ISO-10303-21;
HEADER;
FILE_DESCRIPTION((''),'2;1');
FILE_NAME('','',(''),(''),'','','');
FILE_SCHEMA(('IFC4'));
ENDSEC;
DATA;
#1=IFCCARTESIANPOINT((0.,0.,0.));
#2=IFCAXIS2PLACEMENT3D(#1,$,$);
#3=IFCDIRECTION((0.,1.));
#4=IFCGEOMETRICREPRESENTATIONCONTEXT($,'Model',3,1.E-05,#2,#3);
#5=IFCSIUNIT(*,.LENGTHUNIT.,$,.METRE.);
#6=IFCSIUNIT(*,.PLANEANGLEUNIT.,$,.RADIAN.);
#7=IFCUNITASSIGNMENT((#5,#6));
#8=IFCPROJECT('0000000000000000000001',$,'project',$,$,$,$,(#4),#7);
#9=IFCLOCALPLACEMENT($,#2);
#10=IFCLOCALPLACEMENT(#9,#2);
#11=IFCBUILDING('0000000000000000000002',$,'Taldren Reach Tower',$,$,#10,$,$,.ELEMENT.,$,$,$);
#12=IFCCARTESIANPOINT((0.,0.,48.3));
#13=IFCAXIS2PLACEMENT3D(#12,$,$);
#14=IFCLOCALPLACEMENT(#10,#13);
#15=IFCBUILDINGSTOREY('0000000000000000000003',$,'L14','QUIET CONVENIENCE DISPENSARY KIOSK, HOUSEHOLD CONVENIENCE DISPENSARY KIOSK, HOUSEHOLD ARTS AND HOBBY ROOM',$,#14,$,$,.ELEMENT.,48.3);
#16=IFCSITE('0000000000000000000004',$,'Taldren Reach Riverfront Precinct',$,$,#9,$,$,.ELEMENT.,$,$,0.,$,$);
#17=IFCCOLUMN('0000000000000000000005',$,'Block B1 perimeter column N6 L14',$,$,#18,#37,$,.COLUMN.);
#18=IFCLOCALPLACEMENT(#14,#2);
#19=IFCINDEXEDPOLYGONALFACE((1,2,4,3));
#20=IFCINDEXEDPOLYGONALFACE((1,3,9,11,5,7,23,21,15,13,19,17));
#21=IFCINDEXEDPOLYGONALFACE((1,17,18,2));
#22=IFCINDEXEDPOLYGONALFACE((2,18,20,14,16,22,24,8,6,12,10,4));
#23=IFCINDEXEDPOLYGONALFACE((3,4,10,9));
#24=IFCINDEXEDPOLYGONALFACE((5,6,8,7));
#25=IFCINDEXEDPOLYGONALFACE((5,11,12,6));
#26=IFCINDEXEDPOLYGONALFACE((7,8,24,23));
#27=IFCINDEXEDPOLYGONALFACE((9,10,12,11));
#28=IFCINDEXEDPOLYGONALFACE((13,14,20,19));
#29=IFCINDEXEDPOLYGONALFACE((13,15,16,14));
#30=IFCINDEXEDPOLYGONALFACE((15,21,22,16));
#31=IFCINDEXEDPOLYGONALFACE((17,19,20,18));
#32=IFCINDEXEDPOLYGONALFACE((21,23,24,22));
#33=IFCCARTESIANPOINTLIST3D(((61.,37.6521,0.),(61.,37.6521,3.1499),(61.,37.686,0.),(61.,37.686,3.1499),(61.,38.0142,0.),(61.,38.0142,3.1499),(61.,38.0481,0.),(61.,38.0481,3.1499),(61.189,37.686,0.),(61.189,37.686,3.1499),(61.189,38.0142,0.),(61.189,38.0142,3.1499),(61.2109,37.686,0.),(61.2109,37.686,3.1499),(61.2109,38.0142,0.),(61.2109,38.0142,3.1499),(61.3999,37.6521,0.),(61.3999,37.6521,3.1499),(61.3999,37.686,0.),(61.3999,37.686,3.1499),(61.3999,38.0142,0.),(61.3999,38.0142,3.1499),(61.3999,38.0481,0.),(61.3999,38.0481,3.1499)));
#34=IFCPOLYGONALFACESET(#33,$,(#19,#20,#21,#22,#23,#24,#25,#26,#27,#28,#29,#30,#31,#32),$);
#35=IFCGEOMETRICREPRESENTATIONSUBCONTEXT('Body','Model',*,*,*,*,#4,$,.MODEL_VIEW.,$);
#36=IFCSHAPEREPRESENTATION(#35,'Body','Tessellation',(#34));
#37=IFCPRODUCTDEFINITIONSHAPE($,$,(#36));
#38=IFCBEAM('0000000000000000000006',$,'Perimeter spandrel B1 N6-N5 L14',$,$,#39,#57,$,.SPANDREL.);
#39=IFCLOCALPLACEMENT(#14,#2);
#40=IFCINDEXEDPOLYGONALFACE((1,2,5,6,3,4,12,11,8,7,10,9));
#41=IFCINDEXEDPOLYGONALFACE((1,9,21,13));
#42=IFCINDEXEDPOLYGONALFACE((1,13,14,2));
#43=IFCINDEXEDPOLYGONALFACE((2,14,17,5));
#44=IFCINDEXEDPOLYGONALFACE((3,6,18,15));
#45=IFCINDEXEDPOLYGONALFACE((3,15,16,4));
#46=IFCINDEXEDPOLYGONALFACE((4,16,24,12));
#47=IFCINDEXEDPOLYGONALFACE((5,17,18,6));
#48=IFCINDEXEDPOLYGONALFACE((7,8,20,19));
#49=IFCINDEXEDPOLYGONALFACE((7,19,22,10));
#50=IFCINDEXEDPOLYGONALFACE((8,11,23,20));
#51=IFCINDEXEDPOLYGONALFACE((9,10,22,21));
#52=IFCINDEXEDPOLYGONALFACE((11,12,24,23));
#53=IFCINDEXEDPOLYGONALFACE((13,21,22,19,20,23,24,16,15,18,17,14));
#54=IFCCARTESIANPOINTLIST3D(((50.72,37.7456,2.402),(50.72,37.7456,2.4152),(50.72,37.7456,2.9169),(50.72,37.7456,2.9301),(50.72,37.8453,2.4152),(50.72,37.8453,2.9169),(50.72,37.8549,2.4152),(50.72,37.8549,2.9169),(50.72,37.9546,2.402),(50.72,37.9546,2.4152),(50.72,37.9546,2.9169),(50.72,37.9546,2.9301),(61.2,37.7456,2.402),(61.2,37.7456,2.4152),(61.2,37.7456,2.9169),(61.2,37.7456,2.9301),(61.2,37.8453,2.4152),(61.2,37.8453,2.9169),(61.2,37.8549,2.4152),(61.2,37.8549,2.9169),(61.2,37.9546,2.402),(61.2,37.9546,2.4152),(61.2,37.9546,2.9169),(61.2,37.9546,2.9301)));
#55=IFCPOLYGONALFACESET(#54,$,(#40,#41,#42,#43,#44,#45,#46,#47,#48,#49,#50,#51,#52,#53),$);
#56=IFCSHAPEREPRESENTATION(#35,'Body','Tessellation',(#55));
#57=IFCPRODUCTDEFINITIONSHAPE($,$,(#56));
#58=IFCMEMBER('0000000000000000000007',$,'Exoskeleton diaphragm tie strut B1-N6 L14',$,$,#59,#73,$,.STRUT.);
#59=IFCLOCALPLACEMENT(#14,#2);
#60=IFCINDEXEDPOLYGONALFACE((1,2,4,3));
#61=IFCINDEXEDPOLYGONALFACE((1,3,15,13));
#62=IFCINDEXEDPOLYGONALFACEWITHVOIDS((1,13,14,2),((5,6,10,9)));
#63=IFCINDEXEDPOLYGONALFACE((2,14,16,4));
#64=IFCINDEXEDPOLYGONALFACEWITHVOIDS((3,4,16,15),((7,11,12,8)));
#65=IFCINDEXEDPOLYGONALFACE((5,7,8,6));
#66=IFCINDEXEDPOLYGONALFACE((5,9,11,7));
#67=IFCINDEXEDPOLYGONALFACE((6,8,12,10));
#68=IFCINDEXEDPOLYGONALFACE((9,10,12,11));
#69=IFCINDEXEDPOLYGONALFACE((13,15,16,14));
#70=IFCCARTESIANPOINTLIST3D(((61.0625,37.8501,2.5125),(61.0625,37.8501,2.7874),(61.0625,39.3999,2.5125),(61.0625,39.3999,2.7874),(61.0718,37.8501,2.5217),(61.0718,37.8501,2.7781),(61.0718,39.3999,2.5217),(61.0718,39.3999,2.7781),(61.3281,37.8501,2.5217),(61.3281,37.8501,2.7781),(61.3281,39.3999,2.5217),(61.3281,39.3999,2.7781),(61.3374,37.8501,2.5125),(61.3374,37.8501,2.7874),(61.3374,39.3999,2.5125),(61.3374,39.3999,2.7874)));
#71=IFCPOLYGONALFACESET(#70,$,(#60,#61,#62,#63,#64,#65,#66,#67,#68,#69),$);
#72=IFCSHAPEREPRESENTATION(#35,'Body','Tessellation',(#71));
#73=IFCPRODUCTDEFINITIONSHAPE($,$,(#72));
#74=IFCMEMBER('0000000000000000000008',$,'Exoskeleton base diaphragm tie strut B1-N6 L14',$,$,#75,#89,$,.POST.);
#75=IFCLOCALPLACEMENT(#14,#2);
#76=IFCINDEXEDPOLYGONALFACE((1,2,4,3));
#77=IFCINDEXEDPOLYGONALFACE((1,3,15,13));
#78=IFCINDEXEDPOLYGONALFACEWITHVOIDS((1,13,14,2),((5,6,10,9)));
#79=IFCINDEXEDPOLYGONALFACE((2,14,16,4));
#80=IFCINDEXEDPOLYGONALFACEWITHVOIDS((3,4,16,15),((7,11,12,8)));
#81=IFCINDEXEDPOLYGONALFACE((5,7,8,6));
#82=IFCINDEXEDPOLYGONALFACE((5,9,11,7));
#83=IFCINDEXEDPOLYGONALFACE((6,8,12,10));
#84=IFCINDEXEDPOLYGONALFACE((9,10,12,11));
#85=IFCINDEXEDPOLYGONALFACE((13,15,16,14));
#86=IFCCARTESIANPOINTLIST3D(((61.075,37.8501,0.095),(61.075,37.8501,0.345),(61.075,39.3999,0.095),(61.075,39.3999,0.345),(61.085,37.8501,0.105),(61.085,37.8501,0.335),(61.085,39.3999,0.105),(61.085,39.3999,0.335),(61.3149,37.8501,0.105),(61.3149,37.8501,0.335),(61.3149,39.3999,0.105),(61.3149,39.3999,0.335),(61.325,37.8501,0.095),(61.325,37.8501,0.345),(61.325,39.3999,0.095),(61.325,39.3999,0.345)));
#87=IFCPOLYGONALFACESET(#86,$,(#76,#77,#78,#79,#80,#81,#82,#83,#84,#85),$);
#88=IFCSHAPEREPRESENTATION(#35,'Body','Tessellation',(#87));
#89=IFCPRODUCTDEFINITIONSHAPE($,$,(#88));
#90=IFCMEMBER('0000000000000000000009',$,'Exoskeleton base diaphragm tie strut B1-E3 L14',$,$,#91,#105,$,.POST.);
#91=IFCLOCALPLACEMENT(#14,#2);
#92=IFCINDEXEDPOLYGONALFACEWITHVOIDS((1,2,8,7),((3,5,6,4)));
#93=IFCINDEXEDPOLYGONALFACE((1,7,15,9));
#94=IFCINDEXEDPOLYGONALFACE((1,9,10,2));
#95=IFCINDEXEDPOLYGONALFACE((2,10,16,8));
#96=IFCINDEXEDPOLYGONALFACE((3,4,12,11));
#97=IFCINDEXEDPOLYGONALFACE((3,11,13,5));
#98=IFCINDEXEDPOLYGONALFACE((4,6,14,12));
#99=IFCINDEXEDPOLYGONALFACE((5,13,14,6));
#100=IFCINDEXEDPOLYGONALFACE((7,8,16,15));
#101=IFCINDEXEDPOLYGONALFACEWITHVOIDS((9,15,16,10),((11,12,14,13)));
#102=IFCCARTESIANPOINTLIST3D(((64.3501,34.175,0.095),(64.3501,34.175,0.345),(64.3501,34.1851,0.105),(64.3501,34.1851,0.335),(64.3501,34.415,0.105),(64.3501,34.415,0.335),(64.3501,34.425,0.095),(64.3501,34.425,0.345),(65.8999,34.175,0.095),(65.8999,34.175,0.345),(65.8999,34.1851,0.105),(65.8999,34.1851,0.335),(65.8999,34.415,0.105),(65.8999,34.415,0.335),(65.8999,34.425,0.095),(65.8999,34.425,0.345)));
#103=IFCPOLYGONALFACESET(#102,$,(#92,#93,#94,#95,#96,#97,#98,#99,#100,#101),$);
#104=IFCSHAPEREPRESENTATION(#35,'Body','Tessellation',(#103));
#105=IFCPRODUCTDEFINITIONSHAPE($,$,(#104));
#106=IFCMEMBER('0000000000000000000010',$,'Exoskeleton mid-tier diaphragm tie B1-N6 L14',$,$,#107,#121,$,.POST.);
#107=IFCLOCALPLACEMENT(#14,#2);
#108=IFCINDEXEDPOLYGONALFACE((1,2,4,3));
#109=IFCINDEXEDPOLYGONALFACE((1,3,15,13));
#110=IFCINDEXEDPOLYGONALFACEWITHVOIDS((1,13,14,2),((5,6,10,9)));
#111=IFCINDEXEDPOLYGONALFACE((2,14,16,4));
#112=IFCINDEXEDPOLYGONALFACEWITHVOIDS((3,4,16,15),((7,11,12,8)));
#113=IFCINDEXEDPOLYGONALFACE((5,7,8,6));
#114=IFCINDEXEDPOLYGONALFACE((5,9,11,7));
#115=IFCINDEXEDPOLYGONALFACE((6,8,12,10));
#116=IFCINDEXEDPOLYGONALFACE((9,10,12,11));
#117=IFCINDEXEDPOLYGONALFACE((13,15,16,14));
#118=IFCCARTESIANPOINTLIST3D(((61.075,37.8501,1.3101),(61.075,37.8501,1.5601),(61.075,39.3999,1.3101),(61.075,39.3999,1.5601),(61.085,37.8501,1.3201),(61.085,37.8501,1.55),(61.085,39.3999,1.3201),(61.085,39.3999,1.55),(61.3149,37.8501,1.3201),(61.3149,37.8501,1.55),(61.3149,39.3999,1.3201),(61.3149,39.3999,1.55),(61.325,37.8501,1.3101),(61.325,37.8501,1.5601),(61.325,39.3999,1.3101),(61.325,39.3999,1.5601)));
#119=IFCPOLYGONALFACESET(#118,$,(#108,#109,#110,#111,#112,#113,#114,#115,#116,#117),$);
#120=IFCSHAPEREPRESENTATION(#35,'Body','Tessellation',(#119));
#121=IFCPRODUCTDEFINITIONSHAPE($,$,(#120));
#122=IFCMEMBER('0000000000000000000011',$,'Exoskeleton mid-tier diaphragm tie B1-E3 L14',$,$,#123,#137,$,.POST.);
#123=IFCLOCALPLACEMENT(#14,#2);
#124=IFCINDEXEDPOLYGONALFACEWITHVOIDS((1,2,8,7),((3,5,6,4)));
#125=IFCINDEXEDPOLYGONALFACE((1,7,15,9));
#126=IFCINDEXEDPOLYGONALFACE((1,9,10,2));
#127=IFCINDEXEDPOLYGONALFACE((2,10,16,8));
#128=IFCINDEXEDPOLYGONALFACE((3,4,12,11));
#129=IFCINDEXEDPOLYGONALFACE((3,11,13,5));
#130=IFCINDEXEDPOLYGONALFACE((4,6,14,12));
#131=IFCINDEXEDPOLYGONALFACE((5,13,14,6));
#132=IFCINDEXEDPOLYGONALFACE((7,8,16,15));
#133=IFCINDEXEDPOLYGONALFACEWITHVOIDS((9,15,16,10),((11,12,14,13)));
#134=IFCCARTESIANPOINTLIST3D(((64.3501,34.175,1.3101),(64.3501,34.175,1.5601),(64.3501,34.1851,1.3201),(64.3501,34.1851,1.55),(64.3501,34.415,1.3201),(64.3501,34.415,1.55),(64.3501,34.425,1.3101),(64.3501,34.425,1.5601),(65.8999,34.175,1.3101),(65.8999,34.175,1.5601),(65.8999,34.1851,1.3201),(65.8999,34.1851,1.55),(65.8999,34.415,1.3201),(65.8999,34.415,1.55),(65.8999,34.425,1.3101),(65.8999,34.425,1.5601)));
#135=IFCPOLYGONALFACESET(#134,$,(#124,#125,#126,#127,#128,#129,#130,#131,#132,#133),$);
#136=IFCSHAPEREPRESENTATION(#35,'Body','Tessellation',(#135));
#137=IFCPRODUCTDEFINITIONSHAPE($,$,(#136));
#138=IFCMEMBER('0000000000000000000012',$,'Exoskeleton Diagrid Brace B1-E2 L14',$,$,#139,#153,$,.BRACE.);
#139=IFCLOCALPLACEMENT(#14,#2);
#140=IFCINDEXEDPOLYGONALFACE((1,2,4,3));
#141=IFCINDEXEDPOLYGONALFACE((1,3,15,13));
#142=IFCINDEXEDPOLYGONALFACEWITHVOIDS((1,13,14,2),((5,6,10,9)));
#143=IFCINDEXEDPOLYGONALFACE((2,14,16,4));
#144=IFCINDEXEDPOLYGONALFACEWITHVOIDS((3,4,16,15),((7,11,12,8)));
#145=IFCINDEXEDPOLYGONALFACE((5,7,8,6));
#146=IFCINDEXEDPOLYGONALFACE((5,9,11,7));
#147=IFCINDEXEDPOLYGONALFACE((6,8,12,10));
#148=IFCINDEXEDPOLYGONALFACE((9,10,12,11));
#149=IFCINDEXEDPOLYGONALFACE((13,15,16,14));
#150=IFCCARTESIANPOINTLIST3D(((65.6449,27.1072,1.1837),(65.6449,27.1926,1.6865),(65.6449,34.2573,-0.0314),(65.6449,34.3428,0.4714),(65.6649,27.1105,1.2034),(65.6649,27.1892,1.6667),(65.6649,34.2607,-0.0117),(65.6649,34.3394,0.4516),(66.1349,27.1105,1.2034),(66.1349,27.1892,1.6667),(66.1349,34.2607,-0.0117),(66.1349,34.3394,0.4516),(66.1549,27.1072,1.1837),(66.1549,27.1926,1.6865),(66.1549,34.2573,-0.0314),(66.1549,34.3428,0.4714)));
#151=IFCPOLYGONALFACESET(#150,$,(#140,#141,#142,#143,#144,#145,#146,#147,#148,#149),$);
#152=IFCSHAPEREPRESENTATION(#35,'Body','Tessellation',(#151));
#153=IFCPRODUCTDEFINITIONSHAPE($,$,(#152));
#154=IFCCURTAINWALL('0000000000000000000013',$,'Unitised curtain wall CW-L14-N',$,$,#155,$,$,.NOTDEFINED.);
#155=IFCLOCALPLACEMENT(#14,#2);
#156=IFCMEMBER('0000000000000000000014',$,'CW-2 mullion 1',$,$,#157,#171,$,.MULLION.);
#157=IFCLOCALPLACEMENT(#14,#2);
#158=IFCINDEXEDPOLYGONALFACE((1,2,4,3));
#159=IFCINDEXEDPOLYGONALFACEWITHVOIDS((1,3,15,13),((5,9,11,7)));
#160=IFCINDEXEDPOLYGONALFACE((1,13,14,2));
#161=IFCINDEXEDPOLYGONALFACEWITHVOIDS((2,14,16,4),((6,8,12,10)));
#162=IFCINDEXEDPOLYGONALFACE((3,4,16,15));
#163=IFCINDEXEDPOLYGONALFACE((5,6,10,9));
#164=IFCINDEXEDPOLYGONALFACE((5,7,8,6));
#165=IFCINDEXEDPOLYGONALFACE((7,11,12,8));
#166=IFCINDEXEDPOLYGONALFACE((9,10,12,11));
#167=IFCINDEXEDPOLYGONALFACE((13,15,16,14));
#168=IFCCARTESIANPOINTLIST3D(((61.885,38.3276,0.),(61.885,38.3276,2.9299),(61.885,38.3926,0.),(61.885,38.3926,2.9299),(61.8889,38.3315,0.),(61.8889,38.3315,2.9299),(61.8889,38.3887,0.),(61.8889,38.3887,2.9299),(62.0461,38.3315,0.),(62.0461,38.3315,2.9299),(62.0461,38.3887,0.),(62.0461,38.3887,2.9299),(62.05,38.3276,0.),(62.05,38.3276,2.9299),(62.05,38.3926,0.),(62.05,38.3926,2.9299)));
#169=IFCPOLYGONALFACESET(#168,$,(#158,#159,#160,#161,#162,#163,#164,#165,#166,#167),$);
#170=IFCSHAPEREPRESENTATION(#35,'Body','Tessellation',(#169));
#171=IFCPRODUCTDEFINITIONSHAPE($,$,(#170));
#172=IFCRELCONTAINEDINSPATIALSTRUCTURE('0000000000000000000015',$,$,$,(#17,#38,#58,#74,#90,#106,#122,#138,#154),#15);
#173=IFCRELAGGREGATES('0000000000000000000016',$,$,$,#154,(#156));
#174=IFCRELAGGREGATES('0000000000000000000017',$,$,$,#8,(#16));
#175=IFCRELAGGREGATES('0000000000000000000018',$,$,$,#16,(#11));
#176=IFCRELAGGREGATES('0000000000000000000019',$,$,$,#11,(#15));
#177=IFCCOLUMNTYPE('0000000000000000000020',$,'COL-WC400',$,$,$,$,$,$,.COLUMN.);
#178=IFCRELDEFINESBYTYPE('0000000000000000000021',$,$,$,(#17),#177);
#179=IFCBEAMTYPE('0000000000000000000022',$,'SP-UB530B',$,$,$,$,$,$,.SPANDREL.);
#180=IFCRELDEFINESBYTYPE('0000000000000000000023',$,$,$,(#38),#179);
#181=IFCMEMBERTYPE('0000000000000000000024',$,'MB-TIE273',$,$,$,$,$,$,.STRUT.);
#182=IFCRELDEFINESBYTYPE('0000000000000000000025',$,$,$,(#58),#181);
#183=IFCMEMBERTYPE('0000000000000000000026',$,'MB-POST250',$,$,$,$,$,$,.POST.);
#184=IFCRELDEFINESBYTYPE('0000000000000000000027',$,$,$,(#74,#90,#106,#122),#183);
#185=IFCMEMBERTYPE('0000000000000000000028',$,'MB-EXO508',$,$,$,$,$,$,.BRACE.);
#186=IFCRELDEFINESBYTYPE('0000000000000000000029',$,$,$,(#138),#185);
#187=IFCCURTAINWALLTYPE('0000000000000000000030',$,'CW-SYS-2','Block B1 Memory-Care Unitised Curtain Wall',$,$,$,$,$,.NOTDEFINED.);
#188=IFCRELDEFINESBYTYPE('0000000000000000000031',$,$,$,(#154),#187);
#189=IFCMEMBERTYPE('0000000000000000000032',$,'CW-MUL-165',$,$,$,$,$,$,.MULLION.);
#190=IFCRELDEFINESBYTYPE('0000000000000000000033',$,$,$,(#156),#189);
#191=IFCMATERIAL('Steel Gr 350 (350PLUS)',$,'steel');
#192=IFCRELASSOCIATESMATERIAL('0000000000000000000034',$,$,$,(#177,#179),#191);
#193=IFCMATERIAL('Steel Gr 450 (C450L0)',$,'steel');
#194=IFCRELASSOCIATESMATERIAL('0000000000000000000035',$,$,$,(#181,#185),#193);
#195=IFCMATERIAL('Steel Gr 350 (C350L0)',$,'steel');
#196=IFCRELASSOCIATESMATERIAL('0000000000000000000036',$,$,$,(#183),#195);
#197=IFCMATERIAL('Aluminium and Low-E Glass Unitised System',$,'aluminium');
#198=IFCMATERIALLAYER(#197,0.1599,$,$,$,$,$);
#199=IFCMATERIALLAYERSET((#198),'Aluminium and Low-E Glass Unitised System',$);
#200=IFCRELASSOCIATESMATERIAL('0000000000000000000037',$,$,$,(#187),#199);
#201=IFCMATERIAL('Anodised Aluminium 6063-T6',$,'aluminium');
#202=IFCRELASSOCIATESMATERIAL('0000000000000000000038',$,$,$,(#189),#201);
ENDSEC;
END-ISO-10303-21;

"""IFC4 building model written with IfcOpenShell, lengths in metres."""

from ifc_helpers import new_model, si_unit, direction, frame, origin, origin_2d, place, context, subcontext, project, spatial, hollow_rectangle, i_section, extrude, source, transform, mapped, material, layer, layer_set, material_profile, profile_set, type_object, element, aggregate, save


model = new_model("IFC4")

# Units and contexts
model_context = context("Model", 3, precision=1e-05, world=origin(), true_north=direction((0.0, 1.0)))
body_context = subcontext(model_context, "Body", "Model", "MODEL_VIEW")
ifc_project = project(units=[si_unit("LENGTHUNIT", "METRE"), si_unit("PLANEANGLEUNIT", "RADIAN")], contexts=[model_context])

# Site, building, storey
site_placement = place(None, origin())
site = spatial("IfcSite", under=ifc_project, at=site_placement, Name="Taldren Reach Riverfront Precinct", CompositionType="ELEMENT", RefElevation=0.0)
building_placement = place(site_placement, origin())
building = spatial("IfcBuilding", under=site, at=building_placement, Name="Taldren Reach Tower", CompositionType="ELEMENT")
storey_placement = place(building_placement, frame((0.0, 0.0, 48.3)))
storey = spatial("IfcBuildingStorey", under=building, at=storey_placement, Name="L14", Description="QUIET CONVENIENCE DISPENSARY KIOSK, HOUSEHOLD CONVENIENCE DISPENSARY KIOSK, HOUSEHOLD ARTS AND HOBBY ROOM", CompositionType="ELEMENT", Elevation=48.3)

# Column
ifc_material_1 = material(Name="Steel Gr 350 (350PLUS)", Category="steel")
ifc_material_profile_1 = material_profile(ifc_material_1, i_section(OverallWidth=0.3999, OverallDepth=0.396, WebThickness=0.022, FlangeThickness=0.0339, at=origin_2d()), Name="400WC270")
ifc_profile_set_1 = profile_set([ifc_material_profile_1], Name="Steel Gr 350 (350PLUS)")
column_type = type_object("IfcColumnType", Name="COL-WC400", PredefinedType="COLUMN", material=ifc_profile_set_1)
shared_shape_1 = source(origin(), body_context, "Body", "SweptSolid", [
    extrude(i_section(OverallWidth=0.3999, OverallDepth=0.396, WebThickness=0.022, FlangeThickness=0.0339, at=origin_2d()), origin(), (0.0, 0.0, 1.0), 3.1499),
])
column_placement = place(storey_placement, frame((61.2, 37.8501, 0.0), z_axis=(0.0, 0.0, 1.0), x_axis=(1.0, 0.0, 0.0)))
element("IfcColumn", 1, at=column_placement, inside=storey, type_object=column_type, Name="Block B1 perimeter column N6 L14", PredefinedType="COLUMN", context=body_context, shape_type="MappedRepresentation", body=[
    mapped(shared_shape_1, transform((0.0, 0.0, 0.0), scale=1.0)),
])

# Beam
ifc_material_profile_2 = material_profile(ifc_material_1, i_section(OverallWidth=0.209, OverallDepth=0.5281, WebThickness=0.0095, FlangeThickness=0.0132, at=origin_2d()), Name="530UB82.0")
ifc_profile_set_2 = profile_set([ifc_material_profile_2], Name="Steel Gr 350 (350PLUS)")
beam_type = type_object("IfcBeamType", Name="SP-UB530B", PredefinedType="SPANDREL", material=ifc_profile_set_2)
shared_shape_2 = source(origin(), body_context, "Body", "SweptSolid", [
    extrude(i_section(OverallWidth=0.209, OverallDepth=0.5281, WebThickness=0.0095, FlangeThickness=0.0132, at=origin_2d()), origin(), (0.0, 0.0, 1.0), 10.48),
])
beam_placement = place(storey_placement, frame((61.2, 37.8501, 2.666), z_axis=(-1.0, 0.0, 0.0), x_axis=(0.0, -1.0, 0.0)))
element("IfcBeam", 2, at=beam_placement, inside=storey, type_object=beam_type, Name="Perimeter spandrel B1 N6-N5 L14", PredefinedType="SPANDREL", context=body_context, shape_type="MappedRepresentation", body=[
    mapped(shared_shape_2, transform((0.0, 0.0, 0.0), scale=1.0)),
])

# Members
ifc_material_2 = material(Name="Steel Gr 450 (C450L0)", Category="steel")
ifc_material_profile_3 = material_profile(ifc_material_2, hollow_rectangle(XDim=0.2749, YDim=0.2749, WallThickness=0.0093, at=origin_2d()), Name="275x275x9.3SHS")
ifc_profile_set_3 = profile_set([ifc_material_profile_3], Name="Steel Gr 450 (C450L0)")
member_type_1 = type_object("IfcMemberType", Name="MB-TIE273", PredefinedType="STRUT", material=ifc_profile_set_3)
shared_shape_3 = source(origin(), body_context, "Body", "SweptSolid", [
    extrude(hollow_rectangle(XDim=0.2749, YDim=0.2749, WallThickness=0.0093, at=origin_2d()), origin(), (0.0, 0.0, 1.0), 1.5498),
])
member_1_placement = place(storey_placement, frame((61.2, 37.8501, 2.6499), z_axis=(0.0, 1.0, 0.0), x_axis=(-1.0, 0.0, 0.0)))
element("IfcMember", 3, at=member_1_placement, inside=storey, type_object=member_type_1, Name="Exoskeleton diaphragm tie strut B1-N6 L14", PredefinedType="STRUT", context=body_context, shape_type="MappedRepresentation", body=[
    mapped(shared_shape_3, transform((0.0, 0.0, 0.0), scale=1.0)),
])
ifc_material_3 = material(Name="Steel Gr 350 (C350L0)", Category="steel")
ifc_material_profile_4 = material_profile(ifc_material_3, hollow_rectangle(XDim=0.25, YDim=0.25, WallThickness=0.01, at=origin_2d()), Name="250x250x10.0SHS")
ifc_profile_set_4 = profile_set([ifc_material_profile_4], Name="Steel Gr 350 (C350L0)")
member_type_2 = type_object("IfcMemberType", Name="MB-POST250", PredefinedType="POST", material=ifc_profile_set_4)
shared_shape_4 = source(origin(), body_context, "Body", "SweptSolid", [
    extrude(hollow_rectangle(XDim=0.25, YDim=0.25, WallThickness=0.01, at=origin_2d()), origin(), (0.0, 0.0, 1.0), 1.5498),
])
for number, where, z_axis, x_axis, name in (
    (4, (61.2, 37.8501, 0.22), (0.0, 1.0, 0.0), (-1.0, 0.0, 0.0), "Exoskeleton base diaphragm tie strut B1-N6 L14"),
    (5, (64.3501, 34.3, 0.22), (1.0, 0.0, 0.0), (0.0, 1.0, 0.0), "Exoskeleton base diaphragm tie strut B1-E3 L14"),
    (6, (61.2, 37.8501, 1.4351), (0.0, 1.0, 0.0), (-1.0, 0.0, 0.0), "Exoskeleton mid-tier diaphragm tie B1-N6 L14"),
    (7, (64.3501, 34.3, 1.4351), (1.0, 0.0, 0.0), (0.0, 1.0, 0.0), "Exoskeleton mid-tier diaphragm tie B1-E3 L14"),
):
    element("IfcMember", number, at=place(storey_placement, frame(where, z_axis=z_axis, x_axis=x_axis)), inside=storey, type_object=member_type_2, Name=name, PredefinedType="POST", context=body_context, shape_type="MappedRepresentation", body=[
        mapped(shared_shape_4, transform((0.0, 0.0, 0.0), scale=1.0)),
    ])
ifc_material_profile_5 = material_profile(ifc_material_2, hollow_rectangle(XDim=0.51, YDim=0.51, WallThickness=0.02, at=origin_2d()), Name="510x510x20.0SHS")
ifc_profile_set_5 = profile_set([ifc_material_profile_5], Name="Steel Gr 450 (C450L0)")
member_type_3 = type_object("IfcMemberType", Name="MB-EXO508", PredefinedType="BRACE", material=ifc_profile_set_5)
shared_shape_5 = source(origin(), body_context, "Body", "SweptSolid", [
    extrude(hollow_rectangle(XDim=0.51, YDim=0.51, WallThickness=0.02, at=origin_2d()), origin(), (0.0, 0.0, 1.0), 7.2527),
])
member_2_placement = place(storey_placement, frame((65.8999, 34.3, 0.22), z_axis=(0.0, -0.985866, 0.167537), x_axis=(1.0, 0.0, 0.0)))
element("IfcMember", 8, at=member_2_placement, inside=storey, type_object=member_type_3, Name="Exoskeleton Diagrid Brace B1-E2 L14", PredefinedType="BRACE", context=body_context, shape_type="MappedRepresentation", body=[
    mapped(shared_shape_5, transform((0.0, 0.0, 0.0), scale=1.0)),
])

# Curtain wall, member
ifc_material_4 = material(Name="Aluminium and Low-E Glass Unitised System", Category="aluminium")
ifc_layer_1 = layer(ifc_material_4, 0.1599)
ifc_layer_set_1 = layer_set([ifc_layer_1], Name="Aluminium and Low-E Glass Unitised System")
curtain_wall_type = type_object("IfcCurtainWallType", Name="CW-SYS-2", Description="Block B1 Memory-Care Unitised Curtain Wall", PredefinedType="NOTDEFINED", material=ifc_layer_set_1)
curtain_wall_1_placement = place(storey_placement, origin())
curtain_wall_1 = element("IfcCurtainWall", 9, at=curtain_wall_1_placement, inside=storey, type_object=curtain_wall_type, Name="Unitised curtain wall CW-L14-N", PredefinedType="NOTDEFINED")
ifc_material_5 = material(Name="Anodised Aluminium 6063-T6", Category="aluminium")
ifc_material_profile_6 = material_profile(ifc_material_5, hollow_rectangle(XDim=0.0649, YDim=0.165, WallThickness=0.0039, at=origin_2d()), Name="ALU-165x65x4RHS")
ifc_profile_set_6 = profile_set([ifc_material_profile_6], Name="Anodised Aluminium 6063-T6")
member_type_4 = type_object("IfcMemberType", Name="CW-MUL-165", PredefinedType="MULLION", material=ifc_profile_set_6)
shared_shape_6 = source(origin(), body_context, "Body", "SweptSolid", [
    extrude(hollow_rectangle(XDim=0.0649, YDim=0.165, WallThickness=0.0039, at=origin_2d()), origin(), (0.0, 0.0, 1.0), 2.9299),
])
member_3_placement = place(storey_placement, frame((61.9675, 38.3601, 0.0), z_axis=(0.0, 0.0, 1.0), x_axis=(0.0, -1.0, 0.0)))
member_3 = element("IfcMember", 10, at=member_3_placement, type_object=member_type_4, Name="CW-2 mullion 1", PredefinedType="MULLION", context=body_context, shape_type="MappedRepresentation", body=[
    mapped(shared_shape_6, transform((0.0, 0.0, 0.0), scale=1.0)),
])

aggregate(curtain_wall_1, [member_3])

save(model, "model.ifc")
